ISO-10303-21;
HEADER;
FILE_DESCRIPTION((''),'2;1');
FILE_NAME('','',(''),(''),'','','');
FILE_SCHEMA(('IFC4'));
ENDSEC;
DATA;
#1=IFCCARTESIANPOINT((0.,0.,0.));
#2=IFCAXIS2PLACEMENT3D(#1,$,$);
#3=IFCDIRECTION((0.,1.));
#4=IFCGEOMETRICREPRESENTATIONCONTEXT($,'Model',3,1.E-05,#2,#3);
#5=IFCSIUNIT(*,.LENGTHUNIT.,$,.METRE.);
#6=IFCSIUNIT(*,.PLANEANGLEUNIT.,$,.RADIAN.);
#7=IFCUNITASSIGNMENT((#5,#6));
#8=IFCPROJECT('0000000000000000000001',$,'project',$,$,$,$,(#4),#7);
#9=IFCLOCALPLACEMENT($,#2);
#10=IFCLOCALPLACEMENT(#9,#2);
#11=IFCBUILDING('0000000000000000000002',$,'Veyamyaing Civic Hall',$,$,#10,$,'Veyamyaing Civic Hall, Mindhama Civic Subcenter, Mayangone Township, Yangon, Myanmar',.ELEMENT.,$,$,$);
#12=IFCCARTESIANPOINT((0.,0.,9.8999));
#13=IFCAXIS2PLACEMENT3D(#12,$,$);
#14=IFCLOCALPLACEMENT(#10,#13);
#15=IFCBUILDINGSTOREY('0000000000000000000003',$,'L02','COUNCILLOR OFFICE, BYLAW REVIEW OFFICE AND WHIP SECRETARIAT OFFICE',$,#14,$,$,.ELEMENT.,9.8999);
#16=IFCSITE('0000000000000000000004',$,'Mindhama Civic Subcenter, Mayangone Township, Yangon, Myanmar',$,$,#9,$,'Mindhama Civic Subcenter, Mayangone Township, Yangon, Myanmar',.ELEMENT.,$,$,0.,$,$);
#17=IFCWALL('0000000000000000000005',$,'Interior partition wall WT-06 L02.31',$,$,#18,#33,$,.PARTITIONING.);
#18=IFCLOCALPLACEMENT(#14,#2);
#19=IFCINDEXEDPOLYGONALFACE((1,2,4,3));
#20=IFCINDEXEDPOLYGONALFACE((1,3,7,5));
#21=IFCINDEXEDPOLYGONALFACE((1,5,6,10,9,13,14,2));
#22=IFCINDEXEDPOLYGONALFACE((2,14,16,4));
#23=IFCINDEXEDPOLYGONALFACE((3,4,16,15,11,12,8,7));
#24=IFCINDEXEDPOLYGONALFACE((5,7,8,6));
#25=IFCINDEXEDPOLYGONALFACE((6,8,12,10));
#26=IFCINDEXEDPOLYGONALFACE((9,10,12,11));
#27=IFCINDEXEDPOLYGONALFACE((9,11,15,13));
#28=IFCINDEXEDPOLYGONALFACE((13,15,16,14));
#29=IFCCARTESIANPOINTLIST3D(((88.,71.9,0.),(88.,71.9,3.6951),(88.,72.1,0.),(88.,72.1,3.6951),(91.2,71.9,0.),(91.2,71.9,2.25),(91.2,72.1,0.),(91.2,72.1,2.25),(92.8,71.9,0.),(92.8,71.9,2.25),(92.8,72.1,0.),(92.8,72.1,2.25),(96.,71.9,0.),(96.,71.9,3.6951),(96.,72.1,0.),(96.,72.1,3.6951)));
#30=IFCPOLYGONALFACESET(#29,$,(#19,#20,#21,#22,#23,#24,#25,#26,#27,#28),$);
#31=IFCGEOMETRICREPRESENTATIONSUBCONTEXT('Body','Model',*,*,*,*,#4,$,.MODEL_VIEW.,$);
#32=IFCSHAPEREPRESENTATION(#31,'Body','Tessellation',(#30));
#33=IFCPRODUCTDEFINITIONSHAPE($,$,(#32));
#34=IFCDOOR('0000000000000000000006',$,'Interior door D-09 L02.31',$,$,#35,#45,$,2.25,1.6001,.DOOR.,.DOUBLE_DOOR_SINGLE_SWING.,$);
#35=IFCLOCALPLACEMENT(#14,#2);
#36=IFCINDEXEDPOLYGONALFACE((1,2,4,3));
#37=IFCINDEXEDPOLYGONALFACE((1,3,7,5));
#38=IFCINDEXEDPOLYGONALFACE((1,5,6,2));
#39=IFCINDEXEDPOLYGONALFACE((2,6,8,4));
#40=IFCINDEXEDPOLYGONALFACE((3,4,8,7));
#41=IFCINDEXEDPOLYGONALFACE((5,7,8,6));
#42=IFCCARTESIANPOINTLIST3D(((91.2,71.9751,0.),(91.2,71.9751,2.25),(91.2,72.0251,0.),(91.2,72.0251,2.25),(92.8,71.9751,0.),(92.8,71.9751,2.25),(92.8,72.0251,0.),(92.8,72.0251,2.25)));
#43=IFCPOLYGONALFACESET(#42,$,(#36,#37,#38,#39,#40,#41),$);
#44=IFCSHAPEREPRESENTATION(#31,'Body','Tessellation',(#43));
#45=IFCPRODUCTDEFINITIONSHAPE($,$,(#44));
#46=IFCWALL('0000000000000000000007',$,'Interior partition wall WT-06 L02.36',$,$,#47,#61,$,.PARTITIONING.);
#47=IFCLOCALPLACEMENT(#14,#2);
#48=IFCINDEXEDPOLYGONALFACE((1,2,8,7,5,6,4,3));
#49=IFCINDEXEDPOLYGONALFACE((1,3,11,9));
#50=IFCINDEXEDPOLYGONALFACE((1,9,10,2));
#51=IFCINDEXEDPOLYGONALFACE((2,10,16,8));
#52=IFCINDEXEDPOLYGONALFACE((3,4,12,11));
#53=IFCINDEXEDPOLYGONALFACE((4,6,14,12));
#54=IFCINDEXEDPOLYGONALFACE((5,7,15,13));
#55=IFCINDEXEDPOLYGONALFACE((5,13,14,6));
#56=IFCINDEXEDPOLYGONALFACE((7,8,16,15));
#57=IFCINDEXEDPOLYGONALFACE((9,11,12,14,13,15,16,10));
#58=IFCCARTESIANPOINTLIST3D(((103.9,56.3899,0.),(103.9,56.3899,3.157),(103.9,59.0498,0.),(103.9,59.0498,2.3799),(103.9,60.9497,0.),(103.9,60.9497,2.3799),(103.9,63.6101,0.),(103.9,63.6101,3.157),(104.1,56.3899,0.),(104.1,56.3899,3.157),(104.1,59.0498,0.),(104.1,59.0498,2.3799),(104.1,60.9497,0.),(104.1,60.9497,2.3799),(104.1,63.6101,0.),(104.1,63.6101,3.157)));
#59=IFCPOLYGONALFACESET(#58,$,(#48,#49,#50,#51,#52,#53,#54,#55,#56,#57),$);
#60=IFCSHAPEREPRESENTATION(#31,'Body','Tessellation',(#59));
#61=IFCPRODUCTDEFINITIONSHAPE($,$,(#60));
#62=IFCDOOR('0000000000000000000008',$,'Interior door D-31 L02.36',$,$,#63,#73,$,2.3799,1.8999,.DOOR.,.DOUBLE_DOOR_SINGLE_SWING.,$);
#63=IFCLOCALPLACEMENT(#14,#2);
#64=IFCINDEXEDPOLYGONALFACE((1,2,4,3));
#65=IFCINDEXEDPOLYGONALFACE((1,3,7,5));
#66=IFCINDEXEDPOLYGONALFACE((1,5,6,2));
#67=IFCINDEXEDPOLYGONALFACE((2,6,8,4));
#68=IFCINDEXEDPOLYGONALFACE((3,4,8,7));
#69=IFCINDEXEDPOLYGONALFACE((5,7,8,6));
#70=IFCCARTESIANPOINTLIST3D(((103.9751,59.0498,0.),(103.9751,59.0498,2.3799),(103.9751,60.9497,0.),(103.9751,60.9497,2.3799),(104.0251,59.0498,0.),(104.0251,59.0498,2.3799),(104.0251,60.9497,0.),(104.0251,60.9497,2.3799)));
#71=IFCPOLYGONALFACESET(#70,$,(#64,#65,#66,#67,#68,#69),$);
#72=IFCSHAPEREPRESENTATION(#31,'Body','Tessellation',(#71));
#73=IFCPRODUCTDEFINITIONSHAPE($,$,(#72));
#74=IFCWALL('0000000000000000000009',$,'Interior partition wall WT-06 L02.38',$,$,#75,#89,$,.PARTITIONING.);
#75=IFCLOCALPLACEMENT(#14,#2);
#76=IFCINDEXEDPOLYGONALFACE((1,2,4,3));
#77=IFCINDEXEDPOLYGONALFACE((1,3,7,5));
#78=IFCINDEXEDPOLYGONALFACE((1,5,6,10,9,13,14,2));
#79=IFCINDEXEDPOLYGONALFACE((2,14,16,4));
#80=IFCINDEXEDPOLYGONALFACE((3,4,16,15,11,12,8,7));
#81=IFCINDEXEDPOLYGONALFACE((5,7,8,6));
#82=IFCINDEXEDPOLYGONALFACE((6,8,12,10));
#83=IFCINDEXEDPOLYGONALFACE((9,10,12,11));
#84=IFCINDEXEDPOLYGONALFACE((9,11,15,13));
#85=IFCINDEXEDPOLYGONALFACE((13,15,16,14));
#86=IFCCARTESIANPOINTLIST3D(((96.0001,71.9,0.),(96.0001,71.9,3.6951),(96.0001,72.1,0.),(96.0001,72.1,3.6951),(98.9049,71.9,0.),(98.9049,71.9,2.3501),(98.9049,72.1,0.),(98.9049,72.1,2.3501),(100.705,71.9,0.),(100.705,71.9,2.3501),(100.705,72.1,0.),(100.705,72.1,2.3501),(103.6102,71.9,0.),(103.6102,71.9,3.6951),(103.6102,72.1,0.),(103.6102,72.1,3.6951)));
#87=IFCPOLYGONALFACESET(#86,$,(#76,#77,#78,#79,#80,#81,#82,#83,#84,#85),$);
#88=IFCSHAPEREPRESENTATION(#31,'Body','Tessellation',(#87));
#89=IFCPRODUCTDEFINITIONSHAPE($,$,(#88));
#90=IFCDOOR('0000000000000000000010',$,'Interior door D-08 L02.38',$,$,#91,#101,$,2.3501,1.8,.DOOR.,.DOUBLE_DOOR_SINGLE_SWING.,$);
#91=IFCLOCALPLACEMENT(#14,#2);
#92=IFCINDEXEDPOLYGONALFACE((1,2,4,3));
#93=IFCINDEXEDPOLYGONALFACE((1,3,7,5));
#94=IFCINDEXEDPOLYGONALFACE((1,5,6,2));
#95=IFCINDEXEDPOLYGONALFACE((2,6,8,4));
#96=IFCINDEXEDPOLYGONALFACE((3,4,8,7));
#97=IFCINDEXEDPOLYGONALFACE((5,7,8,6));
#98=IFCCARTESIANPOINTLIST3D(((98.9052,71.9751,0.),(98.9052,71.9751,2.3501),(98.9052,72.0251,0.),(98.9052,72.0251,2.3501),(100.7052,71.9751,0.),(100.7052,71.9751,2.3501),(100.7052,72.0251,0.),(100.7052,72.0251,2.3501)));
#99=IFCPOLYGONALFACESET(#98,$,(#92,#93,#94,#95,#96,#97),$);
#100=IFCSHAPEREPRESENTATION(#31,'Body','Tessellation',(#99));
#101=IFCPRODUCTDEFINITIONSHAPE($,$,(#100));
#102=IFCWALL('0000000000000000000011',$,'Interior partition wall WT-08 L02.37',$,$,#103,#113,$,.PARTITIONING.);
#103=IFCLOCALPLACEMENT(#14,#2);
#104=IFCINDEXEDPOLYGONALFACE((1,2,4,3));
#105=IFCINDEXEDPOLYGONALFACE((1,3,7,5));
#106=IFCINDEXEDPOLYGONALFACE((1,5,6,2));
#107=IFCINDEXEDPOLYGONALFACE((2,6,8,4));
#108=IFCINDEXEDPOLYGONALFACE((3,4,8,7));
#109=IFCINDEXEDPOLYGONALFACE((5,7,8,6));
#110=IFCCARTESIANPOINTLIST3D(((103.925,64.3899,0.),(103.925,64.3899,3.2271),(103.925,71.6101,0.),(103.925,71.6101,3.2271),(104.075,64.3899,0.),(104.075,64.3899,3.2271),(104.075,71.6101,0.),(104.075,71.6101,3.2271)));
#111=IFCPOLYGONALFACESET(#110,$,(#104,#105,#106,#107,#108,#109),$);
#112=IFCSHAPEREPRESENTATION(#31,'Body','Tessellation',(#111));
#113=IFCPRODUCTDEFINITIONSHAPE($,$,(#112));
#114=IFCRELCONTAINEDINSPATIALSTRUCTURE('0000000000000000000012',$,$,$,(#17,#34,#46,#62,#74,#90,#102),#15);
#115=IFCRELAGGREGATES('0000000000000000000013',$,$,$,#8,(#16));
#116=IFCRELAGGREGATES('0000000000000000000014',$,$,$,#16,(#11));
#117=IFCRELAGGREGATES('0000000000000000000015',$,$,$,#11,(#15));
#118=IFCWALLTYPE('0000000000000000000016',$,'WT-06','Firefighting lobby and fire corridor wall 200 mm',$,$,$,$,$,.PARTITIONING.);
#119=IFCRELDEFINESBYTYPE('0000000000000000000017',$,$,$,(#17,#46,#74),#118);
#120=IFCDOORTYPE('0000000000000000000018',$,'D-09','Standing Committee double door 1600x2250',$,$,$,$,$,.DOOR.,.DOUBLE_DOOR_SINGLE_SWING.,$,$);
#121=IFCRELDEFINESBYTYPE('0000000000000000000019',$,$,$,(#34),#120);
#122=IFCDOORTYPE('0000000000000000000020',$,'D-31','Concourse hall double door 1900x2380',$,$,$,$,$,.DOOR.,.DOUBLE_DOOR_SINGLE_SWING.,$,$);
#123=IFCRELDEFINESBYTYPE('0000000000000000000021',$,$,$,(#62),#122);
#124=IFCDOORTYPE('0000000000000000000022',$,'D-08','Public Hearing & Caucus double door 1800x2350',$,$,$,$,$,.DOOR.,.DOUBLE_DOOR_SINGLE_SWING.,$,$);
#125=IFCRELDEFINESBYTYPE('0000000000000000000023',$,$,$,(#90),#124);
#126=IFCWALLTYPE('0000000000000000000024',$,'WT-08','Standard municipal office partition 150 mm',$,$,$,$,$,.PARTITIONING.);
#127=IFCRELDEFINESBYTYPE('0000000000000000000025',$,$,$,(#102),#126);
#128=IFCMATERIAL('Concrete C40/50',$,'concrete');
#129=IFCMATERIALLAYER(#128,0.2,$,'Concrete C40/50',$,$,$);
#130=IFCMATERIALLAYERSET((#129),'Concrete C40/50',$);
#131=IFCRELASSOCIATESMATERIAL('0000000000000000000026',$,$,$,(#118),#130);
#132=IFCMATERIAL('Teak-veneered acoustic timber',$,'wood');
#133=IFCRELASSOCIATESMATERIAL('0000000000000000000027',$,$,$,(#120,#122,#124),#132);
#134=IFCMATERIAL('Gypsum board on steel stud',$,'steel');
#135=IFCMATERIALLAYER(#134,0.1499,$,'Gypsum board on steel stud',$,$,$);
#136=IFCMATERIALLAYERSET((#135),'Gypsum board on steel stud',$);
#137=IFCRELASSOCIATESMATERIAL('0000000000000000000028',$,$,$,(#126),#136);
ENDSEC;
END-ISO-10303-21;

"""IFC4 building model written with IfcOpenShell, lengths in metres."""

from ifc_helpers import new_model, si_unit, direction, frame, frame_2d, origin, place, context, subcontext, project, spatial, rectangle, extrude, material, layer, layer_set, type_object, element, fill, save


model = new_model("IFC4")

# Units and contexts
model_context = context("Model", 3, precision=1e-05, world=origin(), true_north=direction((0.0, 1.0)))
body_context = subcontext(model_context, "Body", "Model", "MODEL_VIEW")
ifc_project = project(units=[si_unit("LENGTHUNIT", "METRE"), si_unit("PLANEANGLEUNIT", "RADIAN")], contexts=[model_context])

# Site, building, storey
site_placement = place(None, origin())
site = spatial("IfcSite", under=ifc_project, at=site_placement, Name="Mindhama Civic Subcenter, Mayangone Township, Yangon, Myanmar", LongName="Mindhama Civic Subcenter, Mayangone Township, Yangon, Myanmar", CompositionType="ELEMENT", RefElevation=0.0)
building_placement = place(site_placement, origin())
building = spatial("IfcBuilding", under=site, at=building_placement, Name="Veyamyaing Civic Hall", LongName="Veyamyaing Civic Hall, Mindhama Civic Subcenter, Mayangone Township, Yangon, Myanmar", CompositionType="ELEMENT")
storey_placement = place(building_placement, frame((0.0, 0.0, 9.8999)))
storey = spatial("IfcBuildingStorey", under=building, at=storey_placement, Name="L02", Description="COUNCILLOR OFFICE, BYLAW REVIEW OFFICE AND WHIP SECRETARIAT OFFICE", CompositionType="ELEMENT", Elevation=9.8999)

# Walls, openings, doors
ifc_material_1 = material(Name="Concrete C40/50", Category="concrete")
ifc_layer_1 = layer(ifc_material_1, 0.2, Name="Concrete C40/50")
ifc_layer_set_1 = layer_set([ifc_layer_1], Name="Concrete C40/50")
wall_type_1 = type_object("IfcWallType", Name="WT-06", Description="Firefighting lobby and fire corridor wall 200 mm", PredefinedType="PARTITIONING", material=ifc_layer_set_1)
wall_1_placement = place(storey_placement, frame((88.0, 72.0, 0.0), z_axis=(0.0, 0.0, 1.0), x_axis=(1.0, 0.0, 0.0)))
wall_1 = element("IfcWall", 1, at=wall_1_placement, inside=storey, type_object=wall_type_1, Name="Interior partition wall WT-06 L02.31", PredefinedType="PARTITIONING", context=body_context, shape_type="SweptSolid", body=[
    extrude(rectangle(XDim=8.0, YDim=0.2, at=frame_2d((4.0, 0.0))), origin(), (0.0, 0.0, 1.0), 3.6951),
])
opening_1_placement = place(wall_1_placement, frame((3.2, 0.0, 0.0)))
opening_1 = element("IfcOpeningElement", 2, at=opening_1_placement, cuts=wall_1, PredefinedType="OPENING", context=body_context, shape_type="SweptSolid", body=[
    extrude(rectangle(XDim=1.6001, YDim=2.25, at=frame_2d((0.8, 1.125))), frame((0.0, 0.1099, 0.0), z_axis=(0.0, -1.0, 0.0), x_axis=(1.0, 0.0, 0.0)), (0.0, 0.0, 1.0), 0.22),
])
ifc_material_2 = material(Name="Teak-veneered acoustic timber", Category="wood")
door_type_1 = type_object("IfcDoorType", Name="D-09", Description="Standing Committee double door 1600x2250", OperationType="DOUBLE_DOOR_SINGLE_SWING", PredefinedType="DOOR", material=ifc_material_2)
door_1_placement = place(opening_1_placement, frame((1.6001, 0.0, 0.0), z_axis=(0.0, 0.0, 1.0), x_axis=(-1.0, 0.0, 0.0)))
door_1 = element("IfcDoor", 3, at=door_1_placement, inside=storey, type_object=door_type_1, Name="Interior door D-09 L02.31", OperationType="DOUBLE_DOOR_SINGLE_SWING", OverallHeight=2.25, OverallWidth=1.6001, PredefinedType="DOOR", context=body_context, shape_type="SweptSolid", body=[
    extrude(rectangle(XDim=1.6001, YDim=2.25, at=frame_2d((0.8, 1.125))), frame((0.0, 0.0249, 0.0), z_axis=(0.0, -1.0, 0.0), x_axis=(1.0, 0.0, 0.0)), (0.0, 0.0, 1.0), 0.05),
])
fill(opening_1, door_1)
wall_2_placement = place(storey_placement, frame((104.0, 56.3899, 0.0), z_axis=(0.0, 0.0, 1.0), x_axis=(0.0, 1.0, 0.0)))
wall_2 = element("IfcWall", 4, at=wall_2_placement, inside=storey, type_object=wall_type_1, Name="Interior partition wall WT-06 L02.36", PredefinedType="PARTITIONING", context=body_context, shape_type="SweptSolid", body=[
    extrude(rectangle(XDim=7.2202, YDim=0.2, at=frame_2d((3.6101, 0.0))), origin(), (0.0, 0.0, 1.0), 3.157),
])
opening_2_placement = place(wall_2_placement, frame((2.6599, 0.0, 0.0)))
opening_2 = element("IfcOpeningElement", 5, at=opening_2_placement, cuts=wall_2, PredefinedType="OPENING", context=body_context, shape_type="SweptSolid", body=[
    extrude(rectangle(XDim=1.8999, YDim=2.3799, at=frame_2d((0.95, 1.1899))), frame((0.0, 0.1099, 0.0), z_axis=(0.0, -1.0, 0.0), x_axis=(1.0, 0.0, 0.0)), (0.0, 0.0, 1.0), 0.22),
])
door_type_2 = type_object("IfcDoorType", Name="D-31", Description="Concourse hall double door 1900x2380", OperationType="DOUBLE_DOOR_SINGLE_SWING", PredefinedType="DOOR", material=ifc_material_2)
door_2_placement = place(opening_2_placement, origin())
door_2 = element("IfcDoor", 6, at=door_2_placement, inside=storey, type_object=door_type_2, Name="Interior door D-31 L02.36", OperationType="DOUBLE_DOOR_SINGLE_SWING", OverallHeight=2.3799, OverallWidth=1.8999, PredefinedType="DOOR", context=body_context, shape_type="SweptSolid", body=[
    extrude(rectangle(XDim=1.8999, YDim=2.3799, at=frame_2d((0.95, 1.1899))), frame((0.0, 0.0249, 0.0), z_axis=(0.0, -1.0, 0.0), x_axis=(1.0, 0.0, 0.0)), (0.0, 0.0, 1.0), 0.05),
])
fill(opening_2, door_2)
wall_3_placement = place(storey_placement, frame((96.0, 72.0, 0.0), z_axis=(0.0, 0.0, 1.0), x_axis=(1.0, 0.0, 0.0)))
wall_3 = element("IfcWall", 7, at=wall_3_placement, inside=storey, type_object=wall_type_1, Name="Interior partition wall WT-06 L02.38", PredefinedType="PARTITIONING", context=body_context, shape_type="SweptSolid", body=[
    extrude(rectangle(XDim=7.6101, YDim=0.2, at=frame_2d((3.8052, 0.0))), origin(), (0.0, 0.0, 1.0), 3.6951),
])
opening_3_placement = place(wall_3_placement, frame((2.905, 0.0, 0.0)))
opening_3 = element("IfcOpeningElement", 8, at=opening_3_placement, cuts=wall_3, PredefinedType="OPENING", context=body_context, shape_type="SweptSolid", body=[
    extrude(rectangle(XDim=1.8, YDim=2.3501, at=frame_2d((0.8999, 1.175))), frame((0.0, 0.1099, 0.0), z_axis=(0.0, -1.0, 0.0), x_axis=(1.0, 0.0, 0.0)), (0.0, 0.0, 1.0), 0.22),
])
door_type_3 = type_object("IfcDoorType", Name="D-08", Description="Public Hearing & Caucus double door 1800x2350", OperationType="DOUBLE_DOOR_SINGLE_SWING", PredefinedType="DOOR", material=ifc_material_2)
door_3_placement = place(opening_3_placement, frame((1.8, 0.0, 0.0), z_axis=(0.0, 0.0, 1.0), x_axis=(-1.0, 0.0, 0.0)))
door_3 = element("IfcDoor", 9, at=door_3_placement, inside=storey, type_object=door_type_3, Name="Interior door D-08 L02.38", OperationType="DOUBLE_DOOR_SINGLE_SWING", OverallHeight=2.3501, OverallWidth=1.8, PredefinedType="DOOR", context=body_context, shape_type="SweptSolid", body=[
    extrude(rectangle(XDim=1.8, YDim=2.3501, at=frame_2d((0.8999, 1.175))), frame((0.0, 0.0249, 0.0), z_axis=(0.0, -1.0, 0.0), x_axis=(1.0, 0.0, 0.0)), (0.0, 0.0, 1.0), 0.05),
])
fill(opening_3, door_3)

# Wall
ifc_material_3 = material(Name="Gypsum board on steel stud", Category="steel")
ifc_layer_2 = layer(ifc_material_3, 0.1499, Name="Gypsum board on steel stud")
ifc_layer_set_2 = layer_set([ifc_layer_2], Name="Gypsum board on steel stud")
wall_type_2 = type_object("IfcWallType", Name="WT-08", Description="Standard municipal office partition 150 mm", PredefinedType="PARTITIONING", material=ifc_layer_set_2)
wall_4_placement = place(storey_placement, frame((104.0, 64.3899, 0.0), z_axis=(0.0, 0.0, 1.0), x_axis=(0.0, 1.0, 0.0)))
element("IfcWall", 10, at=wall_4_placement, inside=storey, type_object=wall_type_2, Name="Interior partition wall WT-08 L02.37", PredefinedType="PARTITIONING", context=body_context, shape_type="SweptSolid", body=[
    extrude(rectangle(XDim=7.2202, YDim=0.1499, at=frame_2d((3.6101, 0.0))), origin(), (0.0, 0.0, 1.0), 3.2271),
])

save(model, "model.ifc")
